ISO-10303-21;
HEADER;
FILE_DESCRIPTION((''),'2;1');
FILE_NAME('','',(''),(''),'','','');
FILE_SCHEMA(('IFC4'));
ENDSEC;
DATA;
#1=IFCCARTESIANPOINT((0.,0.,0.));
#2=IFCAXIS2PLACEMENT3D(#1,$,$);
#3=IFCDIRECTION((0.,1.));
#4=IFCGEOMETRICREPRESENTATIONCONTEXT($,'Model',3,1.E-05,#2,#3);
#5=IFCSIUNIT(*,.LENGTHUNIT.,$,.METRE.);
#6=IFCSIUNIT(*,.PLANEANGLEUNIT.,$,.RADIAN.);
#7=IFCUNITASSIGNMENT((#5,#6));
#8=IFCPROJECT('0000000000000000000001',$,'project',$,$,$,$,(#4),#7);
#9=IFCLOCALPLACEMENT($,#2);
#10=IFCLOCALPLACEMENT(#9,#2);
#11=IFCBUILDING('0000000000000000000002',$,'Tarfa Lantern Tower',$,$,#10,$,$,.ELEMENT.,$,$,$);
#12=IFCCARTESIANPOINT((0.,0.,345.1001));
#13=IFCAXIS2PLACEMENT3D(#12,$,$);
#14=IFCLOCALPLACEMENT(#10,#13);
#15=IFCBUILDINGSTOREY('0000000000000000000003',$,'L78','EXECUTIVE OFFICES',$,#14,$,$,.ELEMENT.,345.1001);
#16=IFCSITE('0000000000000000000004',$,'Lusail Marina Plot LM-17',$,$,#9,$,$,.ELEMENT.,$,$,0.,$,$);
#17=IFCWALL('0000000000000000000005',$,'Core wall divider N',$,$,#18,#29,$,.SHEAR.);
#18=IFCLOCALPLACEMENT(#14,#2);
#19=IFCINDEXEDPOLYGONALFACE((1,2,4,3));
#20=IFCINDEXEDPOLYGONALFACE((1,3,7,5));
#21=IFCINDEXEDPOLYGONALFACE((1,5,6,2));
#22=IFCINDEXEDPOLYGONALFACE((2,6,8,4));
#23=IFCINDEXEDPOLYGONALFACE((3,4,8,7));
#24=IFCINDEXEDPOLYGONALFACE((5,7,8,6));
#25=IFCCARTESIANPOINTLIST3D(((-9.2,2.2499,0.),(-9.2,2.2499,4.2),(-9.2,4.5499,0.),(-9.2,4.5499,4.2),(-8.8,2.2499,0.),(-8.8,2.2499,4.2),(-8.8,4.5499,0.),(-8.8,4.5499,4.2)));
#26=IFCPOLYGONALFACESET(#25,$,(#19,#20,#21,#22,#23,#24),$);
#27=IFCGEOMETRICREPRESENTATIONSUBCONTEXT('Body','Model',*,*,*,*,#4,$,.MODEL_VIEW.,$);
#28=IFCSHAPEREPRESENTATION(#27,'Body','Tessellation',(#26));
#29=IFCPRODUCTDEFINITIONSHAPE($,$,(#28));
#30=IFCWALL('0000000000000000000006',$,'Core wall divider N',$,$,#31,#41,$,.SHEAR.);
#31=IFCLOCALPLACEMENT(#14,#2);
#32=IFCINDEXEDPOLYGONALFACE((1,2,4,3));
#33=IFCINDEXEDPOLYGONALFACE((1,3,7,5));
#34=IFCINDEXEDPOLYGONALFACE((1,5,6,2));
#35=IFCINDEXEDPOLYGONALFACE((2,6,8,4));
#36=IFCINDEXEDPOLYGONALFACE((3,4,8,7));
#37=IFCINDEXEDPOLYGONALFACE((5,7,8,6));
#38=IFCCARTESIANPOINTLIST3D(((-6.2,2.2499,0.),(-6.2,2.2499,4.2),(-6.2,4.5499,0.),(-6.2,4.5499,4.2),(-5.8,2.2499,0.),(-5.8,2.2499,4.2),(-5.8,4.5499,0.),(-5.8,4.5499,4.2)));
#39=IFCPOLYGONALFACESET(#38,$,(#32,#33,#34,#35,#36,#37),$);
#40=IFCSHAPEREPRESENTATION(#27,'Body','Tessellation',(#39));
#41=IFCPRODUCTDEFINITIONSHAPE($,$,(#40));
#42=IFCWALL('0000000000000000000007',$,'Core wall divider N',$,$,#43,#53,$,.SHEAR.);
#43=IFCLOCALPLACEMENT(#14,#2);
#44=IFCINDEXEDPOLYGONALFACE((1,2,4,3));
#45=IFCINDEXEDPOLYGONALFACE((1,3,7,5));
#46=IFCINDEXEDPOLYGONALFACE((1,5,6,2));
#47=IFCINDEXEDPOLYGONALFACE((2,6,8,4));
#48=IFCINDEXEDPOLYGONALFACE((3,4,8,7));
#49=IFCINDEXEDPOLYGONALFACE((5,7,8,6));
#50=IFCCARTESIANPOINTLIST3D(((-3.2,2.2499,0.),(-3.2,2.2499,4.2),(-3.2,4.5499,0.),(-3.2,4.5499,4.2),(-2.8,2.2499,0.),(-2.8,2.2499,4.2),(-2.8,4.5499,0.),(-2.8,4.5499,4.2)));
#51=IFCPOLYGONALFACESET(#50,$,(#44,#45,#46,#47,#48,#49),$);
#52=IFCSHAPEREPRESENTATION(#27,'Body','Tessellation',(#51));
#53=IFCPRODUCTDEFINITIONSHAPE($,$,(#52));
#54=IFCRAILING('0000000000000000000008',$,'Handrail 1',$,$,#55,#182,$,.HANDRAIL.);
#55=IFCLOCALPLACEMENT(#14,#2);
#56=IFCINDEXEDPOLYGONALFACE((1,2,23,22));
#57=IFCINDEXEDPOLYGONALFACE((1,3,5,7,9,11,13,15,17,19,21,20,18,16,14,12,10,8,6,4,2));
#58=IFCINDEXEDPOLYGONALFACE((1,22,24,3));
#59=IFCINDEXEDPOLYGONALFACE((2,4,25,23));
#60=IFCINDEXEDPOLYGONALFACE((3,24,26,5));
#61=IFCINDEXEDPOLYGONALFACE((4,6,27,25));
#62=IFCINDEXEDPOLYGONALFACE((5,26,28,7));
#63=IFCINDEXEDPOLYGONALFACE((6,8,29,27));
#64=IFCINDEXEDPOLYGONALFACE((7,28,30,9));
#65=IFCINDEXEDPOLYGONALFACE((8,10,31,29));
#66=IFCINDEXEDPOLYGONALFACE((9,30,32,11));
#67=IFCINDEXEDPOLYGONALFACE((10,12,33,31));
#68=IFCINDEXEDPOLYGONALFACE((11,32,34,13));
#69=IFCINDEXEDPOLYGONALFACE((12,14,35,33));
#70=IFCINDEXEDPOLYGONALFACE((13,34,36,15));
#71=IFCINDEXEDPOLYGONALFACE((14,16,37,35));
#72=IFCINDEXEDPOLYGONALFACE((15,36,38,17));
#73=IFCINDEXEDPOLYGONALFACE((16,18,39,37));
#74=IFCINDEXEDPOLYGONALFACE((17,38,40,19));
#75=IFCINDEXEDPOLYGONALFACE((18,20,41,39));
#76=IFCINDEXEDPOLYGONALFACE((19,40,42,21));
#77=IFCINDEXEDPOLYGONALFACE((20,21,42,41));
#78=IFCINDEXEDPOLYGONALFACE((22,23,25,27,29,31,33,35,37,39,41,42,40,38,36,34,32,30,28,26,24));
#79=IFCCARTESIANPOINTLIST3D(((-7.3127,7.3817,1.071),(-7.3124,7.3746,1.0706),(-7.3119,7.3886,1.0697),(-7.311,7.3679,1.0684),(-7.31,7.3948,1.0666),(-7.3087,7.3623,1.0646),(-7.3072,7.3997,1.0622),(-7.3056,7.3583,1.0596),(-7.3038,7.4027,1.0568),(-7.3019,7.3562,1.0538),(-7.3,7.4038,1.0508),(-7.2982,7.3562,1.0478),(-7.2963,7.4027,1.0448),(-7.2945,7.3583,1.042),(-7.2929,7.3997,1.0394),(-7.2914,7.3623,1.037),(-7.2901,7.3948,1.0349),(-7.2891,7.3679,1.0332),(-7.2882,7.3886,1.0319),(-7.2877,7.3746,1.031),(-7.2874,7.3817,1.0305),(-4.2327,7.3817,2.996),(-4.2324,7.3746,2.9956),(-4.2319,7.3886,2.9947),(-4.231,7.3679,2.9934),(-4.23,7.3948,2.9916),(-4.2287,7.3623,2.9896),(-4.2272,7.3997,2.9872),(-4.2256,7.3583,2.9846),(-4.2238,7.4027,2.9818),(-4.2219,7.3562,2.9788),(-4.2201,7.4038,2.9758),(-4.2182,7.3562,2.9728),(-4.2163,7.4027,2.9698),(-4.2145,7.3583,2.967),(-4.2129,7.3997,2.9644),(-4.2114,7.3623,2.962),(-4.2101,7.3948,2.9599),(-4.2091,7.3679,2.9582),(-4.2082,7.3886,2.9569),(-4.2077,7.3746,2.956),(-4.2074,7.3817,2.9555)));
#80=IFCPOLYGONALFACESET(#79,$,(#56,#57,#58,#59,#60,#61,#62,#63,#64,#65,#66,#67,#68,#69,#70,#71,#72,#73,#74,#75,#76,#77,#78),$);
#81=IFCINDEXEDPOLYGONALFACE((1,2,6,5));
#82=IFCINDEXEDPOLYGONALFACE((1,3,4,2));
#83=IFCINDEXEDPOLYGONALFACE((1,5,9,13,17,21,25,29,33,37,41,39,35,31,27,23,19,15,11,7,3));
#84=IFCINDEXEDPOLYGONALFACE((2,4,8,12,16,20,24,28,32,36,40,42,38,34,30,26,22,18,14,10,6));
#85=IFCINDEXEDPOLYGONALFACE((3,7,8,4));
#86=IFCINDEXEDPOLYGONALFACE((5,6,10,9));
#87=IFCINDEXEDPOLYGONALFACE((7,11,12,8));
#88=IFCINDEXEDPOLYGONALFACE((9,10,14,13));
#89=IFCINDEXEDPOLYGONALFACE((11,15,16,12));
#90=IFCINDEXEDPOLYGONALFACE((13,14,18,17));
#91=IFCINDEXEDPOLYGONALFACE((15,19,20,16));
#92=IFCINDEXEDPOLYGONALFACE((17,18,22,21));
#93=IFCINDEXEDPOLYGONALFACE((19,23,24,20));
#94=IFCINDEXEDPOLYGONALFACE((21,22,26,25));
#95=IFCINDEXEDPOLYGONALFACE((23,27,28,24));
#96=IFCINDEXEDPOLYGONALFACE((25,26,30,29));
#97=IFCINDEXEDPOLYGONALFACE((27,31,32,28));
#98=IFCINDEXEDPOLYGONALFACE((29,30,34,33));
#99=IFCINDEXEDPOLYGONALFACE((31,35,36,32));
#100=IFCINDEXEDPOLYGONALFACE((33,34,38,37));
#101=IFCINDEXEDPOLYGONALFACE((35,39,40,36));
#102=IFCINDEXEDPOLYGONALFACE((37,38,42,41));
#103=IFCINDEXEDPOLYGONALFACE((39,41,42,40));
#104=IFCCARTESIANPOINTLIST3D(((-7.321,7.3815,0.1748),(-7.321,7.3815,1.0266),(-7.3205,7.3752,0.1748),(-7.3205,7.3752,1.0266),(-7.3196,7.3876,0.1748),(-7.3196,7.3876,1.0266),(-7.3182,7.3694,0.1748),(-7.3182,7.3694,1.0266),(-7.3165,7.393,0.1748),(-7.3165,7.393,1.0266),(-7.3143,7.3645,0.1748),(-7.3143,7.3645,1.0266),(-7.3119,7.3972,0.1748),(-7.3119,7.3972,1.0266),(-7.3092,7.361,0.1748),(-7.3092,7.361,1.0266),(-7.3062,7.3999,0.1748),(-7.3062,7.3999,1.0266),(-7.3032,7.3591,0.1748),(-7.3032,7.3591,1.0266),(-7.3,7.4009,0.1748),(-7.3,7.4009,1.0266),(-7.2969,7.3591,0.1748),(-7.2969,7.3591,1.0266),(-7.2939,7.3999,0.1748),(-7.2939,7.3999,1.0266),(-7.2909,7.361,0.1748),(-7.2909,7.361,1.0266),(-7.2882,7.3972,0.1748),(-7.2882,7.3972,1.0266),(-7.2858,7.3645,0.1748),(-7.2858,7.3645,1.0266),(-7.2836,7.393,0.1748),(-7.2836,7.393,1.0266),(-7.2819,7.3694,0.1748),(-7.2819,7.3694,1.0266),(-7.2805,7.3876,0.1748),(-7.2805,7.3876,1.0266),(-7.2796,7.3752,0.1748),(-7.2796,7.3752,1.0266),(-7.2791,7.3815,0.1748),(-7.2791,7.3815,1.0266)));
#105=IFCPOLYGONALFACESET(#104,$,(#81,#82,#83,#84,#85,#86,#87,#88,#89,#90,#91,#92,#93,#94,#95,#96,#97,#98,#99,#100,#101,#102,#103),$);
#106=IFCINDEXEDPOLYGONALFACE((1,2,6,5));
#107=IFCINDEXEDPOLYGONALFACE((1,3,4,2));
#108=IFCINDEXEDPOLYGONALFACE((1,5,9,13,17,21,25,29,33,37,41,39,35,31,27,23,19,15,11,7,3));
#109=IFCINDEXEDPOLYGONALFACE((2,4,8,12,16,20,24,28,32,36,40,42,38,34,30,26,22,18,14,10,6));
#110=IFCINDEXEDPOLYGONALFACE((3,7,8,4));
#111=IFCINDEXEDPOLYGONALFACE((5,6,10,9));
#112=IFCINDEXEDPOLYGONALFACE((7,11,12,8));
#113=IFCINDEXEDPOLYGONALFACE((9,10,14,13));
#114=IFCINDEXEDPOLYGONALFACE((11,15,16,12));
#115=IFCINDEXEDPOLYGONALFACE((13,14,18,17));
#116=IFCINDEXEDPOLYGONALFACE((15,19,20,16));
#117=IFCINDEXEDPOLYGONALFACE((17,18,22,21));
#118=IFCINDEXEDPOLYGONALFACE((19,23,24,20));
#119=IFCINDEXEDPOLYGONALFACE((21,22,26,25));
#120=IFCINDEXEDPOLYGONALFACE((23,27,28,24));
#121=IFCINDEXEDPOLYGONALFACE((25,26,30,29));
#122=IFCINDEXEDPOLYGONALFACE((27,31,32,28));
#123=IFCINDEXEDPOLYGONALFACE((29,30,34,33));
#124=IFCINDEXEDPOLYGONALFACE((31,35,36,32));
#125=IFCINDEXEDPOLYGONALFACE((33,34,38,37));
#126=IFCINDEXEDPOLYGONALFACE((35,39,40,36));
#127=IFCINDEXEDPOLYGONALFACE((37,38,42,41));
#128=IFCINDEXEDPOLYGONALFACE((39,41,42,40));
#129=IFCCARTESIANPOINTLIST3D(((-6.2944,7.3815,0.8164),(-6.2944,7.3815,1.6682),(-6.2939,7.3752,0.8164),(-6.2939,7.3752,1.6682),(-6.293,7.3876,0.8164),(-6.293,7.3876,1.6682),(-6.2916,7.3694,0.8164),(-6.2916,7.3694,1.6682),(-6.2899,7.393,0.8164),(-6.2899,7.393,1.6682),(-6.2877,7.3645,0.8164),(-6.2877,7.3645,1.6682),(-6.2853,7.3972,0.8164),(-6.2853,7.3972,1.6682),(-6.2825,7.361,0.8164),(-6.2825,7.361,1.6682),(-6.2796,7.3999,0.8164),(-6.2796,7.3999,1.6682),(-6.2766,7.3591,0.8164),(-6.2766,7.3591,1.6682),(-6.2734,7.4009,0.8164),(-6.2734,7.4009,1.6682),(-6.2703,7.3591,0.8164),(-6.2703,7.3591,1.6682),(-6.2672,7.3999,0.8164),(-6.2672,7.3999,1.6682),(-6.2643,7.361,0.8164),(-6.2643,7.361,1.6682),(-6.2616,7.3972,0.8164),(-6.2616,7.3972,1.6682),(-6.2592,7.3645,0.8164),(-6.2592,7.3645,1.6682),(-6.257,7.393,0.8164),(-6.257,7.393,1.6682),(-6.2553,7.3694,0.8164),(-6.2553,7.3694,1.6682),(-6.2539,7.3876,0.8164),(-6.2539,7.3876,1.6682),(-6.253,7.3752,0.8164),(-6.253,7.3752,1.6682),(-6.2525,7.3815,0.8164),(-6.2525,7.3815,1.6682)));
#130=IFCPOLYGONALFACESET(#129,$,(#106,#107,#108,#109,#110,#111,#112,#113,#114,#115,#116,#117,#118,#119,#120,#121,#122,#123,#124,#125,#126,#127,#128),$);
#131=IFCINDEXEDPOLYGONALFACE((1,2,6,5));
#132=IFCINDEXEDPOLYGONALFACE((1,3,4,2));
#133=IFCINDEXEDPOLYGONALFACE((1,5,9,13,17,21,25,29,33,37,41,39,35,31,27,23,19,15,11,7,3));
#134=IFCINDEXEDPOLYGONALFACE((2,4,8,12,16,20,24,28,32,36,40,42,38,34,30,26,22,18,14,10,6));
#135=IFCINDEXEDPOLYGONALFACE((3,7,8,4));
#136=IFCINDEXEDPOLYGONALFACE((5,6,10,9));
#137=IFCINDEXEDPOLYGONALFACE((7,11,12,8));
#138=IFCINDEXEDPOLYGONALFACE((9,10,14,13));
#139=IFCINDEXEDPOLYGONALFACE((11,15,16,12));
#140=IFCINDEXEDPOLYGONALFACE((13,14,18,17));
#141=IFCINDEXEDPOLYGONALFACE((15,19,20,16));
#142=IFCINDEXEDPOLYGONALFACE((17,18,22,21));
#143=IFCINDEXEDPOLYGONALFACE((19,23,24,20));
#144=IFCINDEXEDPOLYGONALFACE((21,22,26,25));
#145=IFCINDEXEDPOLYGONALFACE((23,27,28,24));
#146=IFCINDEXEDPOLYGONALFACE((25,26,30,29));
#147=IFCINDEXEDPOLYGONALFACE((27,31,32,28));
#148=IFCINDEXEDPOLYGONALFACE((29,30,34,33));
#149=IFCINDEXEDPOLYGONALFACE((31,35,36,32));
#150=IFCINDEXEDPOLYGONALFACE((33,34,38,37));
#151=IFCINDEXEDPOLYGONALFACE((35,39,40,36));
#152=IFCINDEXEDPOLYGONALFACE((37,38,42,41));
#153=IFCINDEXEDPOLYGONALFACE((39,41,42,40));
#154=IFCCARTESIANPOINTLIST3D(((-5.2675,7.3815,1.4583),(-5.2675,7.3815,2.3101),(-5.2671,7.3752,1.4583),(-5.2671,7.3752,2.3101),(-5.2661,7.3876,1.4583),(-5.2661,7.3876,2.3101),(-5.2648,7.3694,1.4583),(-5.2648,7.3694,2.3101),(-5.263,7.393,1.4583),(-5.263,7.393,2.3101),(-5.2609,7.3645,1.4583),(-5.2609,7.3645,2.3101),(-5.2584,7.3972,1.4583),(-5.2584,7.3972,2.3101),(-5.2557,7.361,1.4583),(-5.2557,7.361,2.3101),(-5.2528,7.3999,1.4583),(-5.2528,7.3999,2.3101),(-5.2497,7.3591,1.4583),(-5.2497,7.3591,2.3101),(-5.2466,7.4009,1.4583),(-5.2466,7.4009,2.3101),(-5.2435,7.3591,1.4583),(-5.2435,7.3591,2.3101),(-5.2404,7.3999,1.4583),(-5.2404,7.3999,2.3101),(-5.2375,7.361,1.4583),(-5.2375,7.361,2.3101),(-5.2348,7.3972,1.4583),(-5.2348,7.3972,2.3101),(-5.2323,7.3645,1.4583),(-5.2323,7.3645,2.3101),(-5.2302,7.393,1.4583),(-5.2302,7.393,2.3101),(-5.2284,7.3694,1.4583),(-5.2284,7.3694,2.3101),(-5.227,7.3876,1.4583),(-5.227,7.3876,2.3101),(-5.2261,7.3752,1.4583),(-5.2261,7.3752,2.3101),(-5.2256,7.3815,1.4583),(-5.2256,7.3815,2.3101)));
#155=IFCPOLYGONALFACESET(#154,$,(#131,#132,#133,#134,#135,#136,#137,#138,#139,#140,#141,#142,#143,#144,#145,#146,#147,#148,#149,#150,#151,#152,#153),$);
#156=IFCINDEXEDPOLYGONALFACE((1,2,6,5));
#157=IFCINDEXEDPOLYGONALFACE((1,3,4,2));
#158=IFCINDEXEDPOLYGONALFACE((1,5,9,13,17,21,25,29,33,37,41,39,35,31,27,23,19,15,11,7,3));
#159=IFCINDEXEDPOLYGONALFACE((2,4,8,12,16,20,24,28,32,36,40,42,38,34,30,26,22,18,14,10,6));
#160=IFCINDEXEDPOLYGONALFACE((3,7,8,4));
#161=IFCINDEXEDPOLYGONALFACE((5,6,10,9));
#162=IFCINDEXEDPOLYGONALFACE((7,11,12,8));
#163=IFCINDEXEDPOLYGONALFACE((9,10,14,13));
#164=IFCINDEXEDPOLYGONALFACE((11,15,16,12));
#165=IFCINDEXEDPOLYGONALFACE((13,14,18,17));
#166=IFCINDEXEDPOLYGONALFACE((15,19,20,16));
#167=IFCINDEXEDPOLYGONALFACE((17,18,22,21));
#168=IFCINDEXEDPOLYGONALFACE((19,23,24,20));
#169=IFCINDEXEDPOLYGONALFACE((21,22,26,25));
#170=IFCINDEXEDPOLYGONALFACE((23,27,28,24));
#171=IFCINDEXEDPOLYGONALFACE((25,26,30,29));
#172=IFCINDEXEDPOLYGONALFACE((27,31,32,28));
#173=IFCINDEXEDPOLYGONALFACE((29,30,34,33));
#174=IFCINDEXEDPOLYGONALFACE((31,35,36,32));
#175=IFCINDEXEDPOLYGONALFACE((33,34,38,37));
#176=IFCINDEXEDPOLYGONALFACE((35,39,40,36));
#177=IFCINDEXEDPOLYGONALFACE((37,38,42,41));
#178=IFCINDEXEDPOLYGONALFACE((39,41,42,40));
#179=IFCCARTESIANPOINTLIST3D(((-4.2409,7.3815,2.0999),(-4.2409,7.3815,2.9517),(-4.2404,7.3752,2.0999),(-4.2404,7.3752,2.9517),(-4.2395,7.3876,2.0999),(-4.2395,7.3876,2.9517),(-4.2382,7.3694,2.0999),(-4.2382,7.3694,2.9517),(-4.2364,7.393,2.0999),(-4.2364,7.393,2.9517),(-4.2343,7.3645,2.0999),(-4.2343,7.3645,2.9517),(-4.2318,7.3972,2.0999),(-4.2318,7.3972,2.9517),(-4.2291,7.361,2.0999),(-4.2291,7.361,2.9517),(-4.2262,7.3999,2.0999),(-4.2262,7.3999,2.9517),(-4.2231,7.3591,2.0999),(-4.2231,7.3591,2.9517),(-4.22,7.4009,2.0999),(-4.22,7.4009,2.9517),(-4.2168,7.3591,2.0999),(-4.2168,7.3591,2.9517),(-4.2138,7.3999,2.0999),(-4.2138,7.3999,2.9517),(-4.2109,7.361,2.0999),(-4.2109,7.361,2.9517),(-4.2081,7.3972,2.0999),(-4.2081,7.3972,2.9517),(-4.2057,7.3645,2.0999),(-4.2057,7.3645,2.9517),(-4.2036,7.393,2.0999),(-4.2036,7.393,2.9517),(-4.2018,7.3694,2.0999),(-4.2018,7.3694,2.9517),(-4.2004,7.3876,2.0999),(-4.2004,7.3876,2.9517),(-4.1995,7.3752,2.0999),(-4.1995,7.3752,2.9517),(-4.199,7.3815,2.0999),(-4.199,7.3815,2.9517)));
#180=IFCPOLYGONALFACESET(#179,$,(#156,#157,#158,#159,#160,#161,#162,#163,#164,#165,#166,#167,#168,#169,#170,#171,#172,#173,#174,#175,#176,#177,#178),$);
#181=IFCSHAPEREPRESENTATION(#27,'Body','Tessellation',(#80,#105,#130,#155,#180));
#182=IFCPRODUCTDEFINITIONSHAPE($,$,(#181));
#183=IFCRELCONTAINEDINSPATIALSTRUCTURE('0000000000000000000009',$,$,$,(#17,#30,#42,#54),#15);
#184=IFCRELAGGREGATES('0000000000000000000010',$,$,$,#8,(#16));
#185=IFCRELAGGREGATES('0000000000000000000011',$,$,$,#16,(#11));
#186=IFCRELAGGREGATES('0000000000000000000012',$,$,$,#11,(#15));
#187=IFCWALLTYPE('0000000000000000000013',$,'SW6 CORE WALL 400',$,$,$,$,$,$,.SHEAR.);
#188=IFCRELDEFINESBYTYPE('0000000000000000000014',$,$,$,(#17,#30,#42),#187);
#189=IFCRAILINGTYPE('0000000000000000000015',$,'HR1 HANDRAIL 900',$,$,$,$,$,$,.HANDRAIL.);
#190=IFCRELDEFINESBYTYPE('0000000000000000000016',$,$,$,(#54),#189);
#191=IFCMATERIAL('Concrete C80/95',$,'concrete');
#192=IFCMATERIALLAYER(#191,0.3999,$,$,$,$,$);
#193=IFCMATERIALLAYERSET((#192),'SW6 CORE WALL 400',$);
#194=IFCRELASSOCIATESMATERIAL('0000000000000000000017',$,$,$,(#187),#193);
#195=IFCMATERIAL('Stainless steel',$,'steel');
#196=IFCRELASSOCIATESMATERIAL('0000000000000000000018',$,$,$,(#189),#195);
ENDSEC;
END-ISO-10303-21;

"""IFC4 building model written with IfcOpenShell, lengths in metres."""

from ifc_helpers import new_model, si_unit, direction, frame, frame_2d, origin, origin_2d, place, context, subcontext, project, spatial, rectangle, circle, extrude, material, layer, layer_set, type_object, element, save


model = new_model("IFC4")

# Units and contexts
model_context = context("Model", 3, precision=1e-05, world=origin(), true_north=direction((0.0, 1.0)))
body_context = subcontext(model_context, "Body", "Model", "MODEL_VIEW")
ifc_project = project(units=[si_unit("LENGTHUNIT", "METRE"), si_unit("PLANEANGLEUNIT", "RADIAN")], contexts=[model_context])

# Site, building, storey
site_placement = place(None, origin())
site = spatial("IfcSite", under=ifc_project, at=site_placement, Name="Lusail Marina Plot LM-17", CompositionType="ELEMENT", RefElevation=0.0)
building_placement = place(site_placement, origin())
building = spatial("IfcBuilding", under=site, at=building_placement, Name="Tarfa Lantern Tower", CompositionType="ELEMENT")
storey_placement = place(building_placement, frame((0.0, 0.0, 345.1001)))
storey = spatial("IfcBuildingStorey", under=building, at=storey_placement, Name="L78", Description="EXECUTIVE OFFICES", CompositionType="ELEMENT", Elevation=345.1001)

# Shared definitions
ifc_material_1 = material(Name="Concrete C80/95", Category="concrete")

# Walls
ifc_layer_1 = layer(ifc_material_1, 0.3999)
ifc_layer_set_1 = layer_set([ifc_layer_1], Name="SW6 CORE WALL 400")
wall_type_1 = type_object("IfcWallType", Name="SW6 CORE WALL 400", PredefinedType="SHEAR", material=ifc_layer_set_1)
for number, where, z_axis, x_axis, name in (
    (1, (-9.0, 2.25, 0.0), (0.0, 0.0, 1.0), (0.0, 1.0, 0.0), "Core wall divider N"),
    (2, (-6.0, 2.25, 0.0), (0.0, 0.0, 1.0), (0.0, 1.0, 0.0), "Core wall divider N"),
    (3, (-3.0, 2.25, 0.0), (0.0, 0.0, 1.0), (0.0, 1.0, 0.0), "Core wall divider N"),
):
    element("IfcWall", number, at=place(storey_placement, frame(where, z_axis=z_axis, x_axis=x_axis)), inside=storey, type_object=wall_type_1, Name=name, PredefinedType="SHEAR", context=body_context, shape_type="SweptSolid", body=[
        extrude(rectangle(XDim=2.3, YDim=0.3999, at=frame_2d((1.1499, 0.0))), origin(), (0.0, 0.0, 1.0), 4.2),
    ])

# Railing
ifc_material_2 = material(Name="Stainless steel", Category="steel")
railing_type = type_object("IfcRailingType", Name="HR1 HANDRAIL 900", PredefinedType="HANDRAIL", material=ifc_material_2)
railing_placement = place(storey_placement, frame((-7.3, 7.3799, 0.1748)))
element("IfcRailing", 4, at=railing_placement, inside=storey, type_object=railing_type, Name="Handrail 1", PredefinedType="HANDRAIL", context=body_context, shape_type="SweptSolid", body=[
    extrude(circle(Radius=0.0239, at=origin_2d()), frame((0.0, 0.0, 0.876), z_axis=(0.847998, 0.0, 0.529999), x_axis=(0.0, 1.0, 0.0)), (0.0, 0.0, 1.0), 3.6321),
    extrude(circle(Radius=0.021, at=origin_2d()), frame((0.0, 0.0, 0.0), z_axis=(0.0, 0.0, 1.0), x_axis=(0.0, 1.0, 0.0)), (0.0, 0.0, 1.0), 0.8518),
    extrude(circle(Radius=0.021, at=origin_2d()), frame((1.0266, 0.0, 0.6416), z_axis=(0.0, 0.0, 1.0), x_axis=(0.0, 1.0, 0.0)), (0.0, 0.0, 1.0), 0.8518),
    extrude(circle(Radius=0.021, at=origin_2d()), frame((2.0535, 0.0, 1.2834), z_axis=(0.0, 0.0, 1.0), x_axis=(0.0, 1.0, 0.0)), (0.0, 0.0, 1.0), 0.8518),
    extrude(circle(Radius=0.021, at=origin_2d()), frame((3.0801, 0.0, 1.925), z_axis=(0.0, 0.0, 1.0), x_axis=(0.0, 1.0, 0.0)), (0.0, 0.0, 1.0), 0.8518),
])

save(model, "model.ifc")
